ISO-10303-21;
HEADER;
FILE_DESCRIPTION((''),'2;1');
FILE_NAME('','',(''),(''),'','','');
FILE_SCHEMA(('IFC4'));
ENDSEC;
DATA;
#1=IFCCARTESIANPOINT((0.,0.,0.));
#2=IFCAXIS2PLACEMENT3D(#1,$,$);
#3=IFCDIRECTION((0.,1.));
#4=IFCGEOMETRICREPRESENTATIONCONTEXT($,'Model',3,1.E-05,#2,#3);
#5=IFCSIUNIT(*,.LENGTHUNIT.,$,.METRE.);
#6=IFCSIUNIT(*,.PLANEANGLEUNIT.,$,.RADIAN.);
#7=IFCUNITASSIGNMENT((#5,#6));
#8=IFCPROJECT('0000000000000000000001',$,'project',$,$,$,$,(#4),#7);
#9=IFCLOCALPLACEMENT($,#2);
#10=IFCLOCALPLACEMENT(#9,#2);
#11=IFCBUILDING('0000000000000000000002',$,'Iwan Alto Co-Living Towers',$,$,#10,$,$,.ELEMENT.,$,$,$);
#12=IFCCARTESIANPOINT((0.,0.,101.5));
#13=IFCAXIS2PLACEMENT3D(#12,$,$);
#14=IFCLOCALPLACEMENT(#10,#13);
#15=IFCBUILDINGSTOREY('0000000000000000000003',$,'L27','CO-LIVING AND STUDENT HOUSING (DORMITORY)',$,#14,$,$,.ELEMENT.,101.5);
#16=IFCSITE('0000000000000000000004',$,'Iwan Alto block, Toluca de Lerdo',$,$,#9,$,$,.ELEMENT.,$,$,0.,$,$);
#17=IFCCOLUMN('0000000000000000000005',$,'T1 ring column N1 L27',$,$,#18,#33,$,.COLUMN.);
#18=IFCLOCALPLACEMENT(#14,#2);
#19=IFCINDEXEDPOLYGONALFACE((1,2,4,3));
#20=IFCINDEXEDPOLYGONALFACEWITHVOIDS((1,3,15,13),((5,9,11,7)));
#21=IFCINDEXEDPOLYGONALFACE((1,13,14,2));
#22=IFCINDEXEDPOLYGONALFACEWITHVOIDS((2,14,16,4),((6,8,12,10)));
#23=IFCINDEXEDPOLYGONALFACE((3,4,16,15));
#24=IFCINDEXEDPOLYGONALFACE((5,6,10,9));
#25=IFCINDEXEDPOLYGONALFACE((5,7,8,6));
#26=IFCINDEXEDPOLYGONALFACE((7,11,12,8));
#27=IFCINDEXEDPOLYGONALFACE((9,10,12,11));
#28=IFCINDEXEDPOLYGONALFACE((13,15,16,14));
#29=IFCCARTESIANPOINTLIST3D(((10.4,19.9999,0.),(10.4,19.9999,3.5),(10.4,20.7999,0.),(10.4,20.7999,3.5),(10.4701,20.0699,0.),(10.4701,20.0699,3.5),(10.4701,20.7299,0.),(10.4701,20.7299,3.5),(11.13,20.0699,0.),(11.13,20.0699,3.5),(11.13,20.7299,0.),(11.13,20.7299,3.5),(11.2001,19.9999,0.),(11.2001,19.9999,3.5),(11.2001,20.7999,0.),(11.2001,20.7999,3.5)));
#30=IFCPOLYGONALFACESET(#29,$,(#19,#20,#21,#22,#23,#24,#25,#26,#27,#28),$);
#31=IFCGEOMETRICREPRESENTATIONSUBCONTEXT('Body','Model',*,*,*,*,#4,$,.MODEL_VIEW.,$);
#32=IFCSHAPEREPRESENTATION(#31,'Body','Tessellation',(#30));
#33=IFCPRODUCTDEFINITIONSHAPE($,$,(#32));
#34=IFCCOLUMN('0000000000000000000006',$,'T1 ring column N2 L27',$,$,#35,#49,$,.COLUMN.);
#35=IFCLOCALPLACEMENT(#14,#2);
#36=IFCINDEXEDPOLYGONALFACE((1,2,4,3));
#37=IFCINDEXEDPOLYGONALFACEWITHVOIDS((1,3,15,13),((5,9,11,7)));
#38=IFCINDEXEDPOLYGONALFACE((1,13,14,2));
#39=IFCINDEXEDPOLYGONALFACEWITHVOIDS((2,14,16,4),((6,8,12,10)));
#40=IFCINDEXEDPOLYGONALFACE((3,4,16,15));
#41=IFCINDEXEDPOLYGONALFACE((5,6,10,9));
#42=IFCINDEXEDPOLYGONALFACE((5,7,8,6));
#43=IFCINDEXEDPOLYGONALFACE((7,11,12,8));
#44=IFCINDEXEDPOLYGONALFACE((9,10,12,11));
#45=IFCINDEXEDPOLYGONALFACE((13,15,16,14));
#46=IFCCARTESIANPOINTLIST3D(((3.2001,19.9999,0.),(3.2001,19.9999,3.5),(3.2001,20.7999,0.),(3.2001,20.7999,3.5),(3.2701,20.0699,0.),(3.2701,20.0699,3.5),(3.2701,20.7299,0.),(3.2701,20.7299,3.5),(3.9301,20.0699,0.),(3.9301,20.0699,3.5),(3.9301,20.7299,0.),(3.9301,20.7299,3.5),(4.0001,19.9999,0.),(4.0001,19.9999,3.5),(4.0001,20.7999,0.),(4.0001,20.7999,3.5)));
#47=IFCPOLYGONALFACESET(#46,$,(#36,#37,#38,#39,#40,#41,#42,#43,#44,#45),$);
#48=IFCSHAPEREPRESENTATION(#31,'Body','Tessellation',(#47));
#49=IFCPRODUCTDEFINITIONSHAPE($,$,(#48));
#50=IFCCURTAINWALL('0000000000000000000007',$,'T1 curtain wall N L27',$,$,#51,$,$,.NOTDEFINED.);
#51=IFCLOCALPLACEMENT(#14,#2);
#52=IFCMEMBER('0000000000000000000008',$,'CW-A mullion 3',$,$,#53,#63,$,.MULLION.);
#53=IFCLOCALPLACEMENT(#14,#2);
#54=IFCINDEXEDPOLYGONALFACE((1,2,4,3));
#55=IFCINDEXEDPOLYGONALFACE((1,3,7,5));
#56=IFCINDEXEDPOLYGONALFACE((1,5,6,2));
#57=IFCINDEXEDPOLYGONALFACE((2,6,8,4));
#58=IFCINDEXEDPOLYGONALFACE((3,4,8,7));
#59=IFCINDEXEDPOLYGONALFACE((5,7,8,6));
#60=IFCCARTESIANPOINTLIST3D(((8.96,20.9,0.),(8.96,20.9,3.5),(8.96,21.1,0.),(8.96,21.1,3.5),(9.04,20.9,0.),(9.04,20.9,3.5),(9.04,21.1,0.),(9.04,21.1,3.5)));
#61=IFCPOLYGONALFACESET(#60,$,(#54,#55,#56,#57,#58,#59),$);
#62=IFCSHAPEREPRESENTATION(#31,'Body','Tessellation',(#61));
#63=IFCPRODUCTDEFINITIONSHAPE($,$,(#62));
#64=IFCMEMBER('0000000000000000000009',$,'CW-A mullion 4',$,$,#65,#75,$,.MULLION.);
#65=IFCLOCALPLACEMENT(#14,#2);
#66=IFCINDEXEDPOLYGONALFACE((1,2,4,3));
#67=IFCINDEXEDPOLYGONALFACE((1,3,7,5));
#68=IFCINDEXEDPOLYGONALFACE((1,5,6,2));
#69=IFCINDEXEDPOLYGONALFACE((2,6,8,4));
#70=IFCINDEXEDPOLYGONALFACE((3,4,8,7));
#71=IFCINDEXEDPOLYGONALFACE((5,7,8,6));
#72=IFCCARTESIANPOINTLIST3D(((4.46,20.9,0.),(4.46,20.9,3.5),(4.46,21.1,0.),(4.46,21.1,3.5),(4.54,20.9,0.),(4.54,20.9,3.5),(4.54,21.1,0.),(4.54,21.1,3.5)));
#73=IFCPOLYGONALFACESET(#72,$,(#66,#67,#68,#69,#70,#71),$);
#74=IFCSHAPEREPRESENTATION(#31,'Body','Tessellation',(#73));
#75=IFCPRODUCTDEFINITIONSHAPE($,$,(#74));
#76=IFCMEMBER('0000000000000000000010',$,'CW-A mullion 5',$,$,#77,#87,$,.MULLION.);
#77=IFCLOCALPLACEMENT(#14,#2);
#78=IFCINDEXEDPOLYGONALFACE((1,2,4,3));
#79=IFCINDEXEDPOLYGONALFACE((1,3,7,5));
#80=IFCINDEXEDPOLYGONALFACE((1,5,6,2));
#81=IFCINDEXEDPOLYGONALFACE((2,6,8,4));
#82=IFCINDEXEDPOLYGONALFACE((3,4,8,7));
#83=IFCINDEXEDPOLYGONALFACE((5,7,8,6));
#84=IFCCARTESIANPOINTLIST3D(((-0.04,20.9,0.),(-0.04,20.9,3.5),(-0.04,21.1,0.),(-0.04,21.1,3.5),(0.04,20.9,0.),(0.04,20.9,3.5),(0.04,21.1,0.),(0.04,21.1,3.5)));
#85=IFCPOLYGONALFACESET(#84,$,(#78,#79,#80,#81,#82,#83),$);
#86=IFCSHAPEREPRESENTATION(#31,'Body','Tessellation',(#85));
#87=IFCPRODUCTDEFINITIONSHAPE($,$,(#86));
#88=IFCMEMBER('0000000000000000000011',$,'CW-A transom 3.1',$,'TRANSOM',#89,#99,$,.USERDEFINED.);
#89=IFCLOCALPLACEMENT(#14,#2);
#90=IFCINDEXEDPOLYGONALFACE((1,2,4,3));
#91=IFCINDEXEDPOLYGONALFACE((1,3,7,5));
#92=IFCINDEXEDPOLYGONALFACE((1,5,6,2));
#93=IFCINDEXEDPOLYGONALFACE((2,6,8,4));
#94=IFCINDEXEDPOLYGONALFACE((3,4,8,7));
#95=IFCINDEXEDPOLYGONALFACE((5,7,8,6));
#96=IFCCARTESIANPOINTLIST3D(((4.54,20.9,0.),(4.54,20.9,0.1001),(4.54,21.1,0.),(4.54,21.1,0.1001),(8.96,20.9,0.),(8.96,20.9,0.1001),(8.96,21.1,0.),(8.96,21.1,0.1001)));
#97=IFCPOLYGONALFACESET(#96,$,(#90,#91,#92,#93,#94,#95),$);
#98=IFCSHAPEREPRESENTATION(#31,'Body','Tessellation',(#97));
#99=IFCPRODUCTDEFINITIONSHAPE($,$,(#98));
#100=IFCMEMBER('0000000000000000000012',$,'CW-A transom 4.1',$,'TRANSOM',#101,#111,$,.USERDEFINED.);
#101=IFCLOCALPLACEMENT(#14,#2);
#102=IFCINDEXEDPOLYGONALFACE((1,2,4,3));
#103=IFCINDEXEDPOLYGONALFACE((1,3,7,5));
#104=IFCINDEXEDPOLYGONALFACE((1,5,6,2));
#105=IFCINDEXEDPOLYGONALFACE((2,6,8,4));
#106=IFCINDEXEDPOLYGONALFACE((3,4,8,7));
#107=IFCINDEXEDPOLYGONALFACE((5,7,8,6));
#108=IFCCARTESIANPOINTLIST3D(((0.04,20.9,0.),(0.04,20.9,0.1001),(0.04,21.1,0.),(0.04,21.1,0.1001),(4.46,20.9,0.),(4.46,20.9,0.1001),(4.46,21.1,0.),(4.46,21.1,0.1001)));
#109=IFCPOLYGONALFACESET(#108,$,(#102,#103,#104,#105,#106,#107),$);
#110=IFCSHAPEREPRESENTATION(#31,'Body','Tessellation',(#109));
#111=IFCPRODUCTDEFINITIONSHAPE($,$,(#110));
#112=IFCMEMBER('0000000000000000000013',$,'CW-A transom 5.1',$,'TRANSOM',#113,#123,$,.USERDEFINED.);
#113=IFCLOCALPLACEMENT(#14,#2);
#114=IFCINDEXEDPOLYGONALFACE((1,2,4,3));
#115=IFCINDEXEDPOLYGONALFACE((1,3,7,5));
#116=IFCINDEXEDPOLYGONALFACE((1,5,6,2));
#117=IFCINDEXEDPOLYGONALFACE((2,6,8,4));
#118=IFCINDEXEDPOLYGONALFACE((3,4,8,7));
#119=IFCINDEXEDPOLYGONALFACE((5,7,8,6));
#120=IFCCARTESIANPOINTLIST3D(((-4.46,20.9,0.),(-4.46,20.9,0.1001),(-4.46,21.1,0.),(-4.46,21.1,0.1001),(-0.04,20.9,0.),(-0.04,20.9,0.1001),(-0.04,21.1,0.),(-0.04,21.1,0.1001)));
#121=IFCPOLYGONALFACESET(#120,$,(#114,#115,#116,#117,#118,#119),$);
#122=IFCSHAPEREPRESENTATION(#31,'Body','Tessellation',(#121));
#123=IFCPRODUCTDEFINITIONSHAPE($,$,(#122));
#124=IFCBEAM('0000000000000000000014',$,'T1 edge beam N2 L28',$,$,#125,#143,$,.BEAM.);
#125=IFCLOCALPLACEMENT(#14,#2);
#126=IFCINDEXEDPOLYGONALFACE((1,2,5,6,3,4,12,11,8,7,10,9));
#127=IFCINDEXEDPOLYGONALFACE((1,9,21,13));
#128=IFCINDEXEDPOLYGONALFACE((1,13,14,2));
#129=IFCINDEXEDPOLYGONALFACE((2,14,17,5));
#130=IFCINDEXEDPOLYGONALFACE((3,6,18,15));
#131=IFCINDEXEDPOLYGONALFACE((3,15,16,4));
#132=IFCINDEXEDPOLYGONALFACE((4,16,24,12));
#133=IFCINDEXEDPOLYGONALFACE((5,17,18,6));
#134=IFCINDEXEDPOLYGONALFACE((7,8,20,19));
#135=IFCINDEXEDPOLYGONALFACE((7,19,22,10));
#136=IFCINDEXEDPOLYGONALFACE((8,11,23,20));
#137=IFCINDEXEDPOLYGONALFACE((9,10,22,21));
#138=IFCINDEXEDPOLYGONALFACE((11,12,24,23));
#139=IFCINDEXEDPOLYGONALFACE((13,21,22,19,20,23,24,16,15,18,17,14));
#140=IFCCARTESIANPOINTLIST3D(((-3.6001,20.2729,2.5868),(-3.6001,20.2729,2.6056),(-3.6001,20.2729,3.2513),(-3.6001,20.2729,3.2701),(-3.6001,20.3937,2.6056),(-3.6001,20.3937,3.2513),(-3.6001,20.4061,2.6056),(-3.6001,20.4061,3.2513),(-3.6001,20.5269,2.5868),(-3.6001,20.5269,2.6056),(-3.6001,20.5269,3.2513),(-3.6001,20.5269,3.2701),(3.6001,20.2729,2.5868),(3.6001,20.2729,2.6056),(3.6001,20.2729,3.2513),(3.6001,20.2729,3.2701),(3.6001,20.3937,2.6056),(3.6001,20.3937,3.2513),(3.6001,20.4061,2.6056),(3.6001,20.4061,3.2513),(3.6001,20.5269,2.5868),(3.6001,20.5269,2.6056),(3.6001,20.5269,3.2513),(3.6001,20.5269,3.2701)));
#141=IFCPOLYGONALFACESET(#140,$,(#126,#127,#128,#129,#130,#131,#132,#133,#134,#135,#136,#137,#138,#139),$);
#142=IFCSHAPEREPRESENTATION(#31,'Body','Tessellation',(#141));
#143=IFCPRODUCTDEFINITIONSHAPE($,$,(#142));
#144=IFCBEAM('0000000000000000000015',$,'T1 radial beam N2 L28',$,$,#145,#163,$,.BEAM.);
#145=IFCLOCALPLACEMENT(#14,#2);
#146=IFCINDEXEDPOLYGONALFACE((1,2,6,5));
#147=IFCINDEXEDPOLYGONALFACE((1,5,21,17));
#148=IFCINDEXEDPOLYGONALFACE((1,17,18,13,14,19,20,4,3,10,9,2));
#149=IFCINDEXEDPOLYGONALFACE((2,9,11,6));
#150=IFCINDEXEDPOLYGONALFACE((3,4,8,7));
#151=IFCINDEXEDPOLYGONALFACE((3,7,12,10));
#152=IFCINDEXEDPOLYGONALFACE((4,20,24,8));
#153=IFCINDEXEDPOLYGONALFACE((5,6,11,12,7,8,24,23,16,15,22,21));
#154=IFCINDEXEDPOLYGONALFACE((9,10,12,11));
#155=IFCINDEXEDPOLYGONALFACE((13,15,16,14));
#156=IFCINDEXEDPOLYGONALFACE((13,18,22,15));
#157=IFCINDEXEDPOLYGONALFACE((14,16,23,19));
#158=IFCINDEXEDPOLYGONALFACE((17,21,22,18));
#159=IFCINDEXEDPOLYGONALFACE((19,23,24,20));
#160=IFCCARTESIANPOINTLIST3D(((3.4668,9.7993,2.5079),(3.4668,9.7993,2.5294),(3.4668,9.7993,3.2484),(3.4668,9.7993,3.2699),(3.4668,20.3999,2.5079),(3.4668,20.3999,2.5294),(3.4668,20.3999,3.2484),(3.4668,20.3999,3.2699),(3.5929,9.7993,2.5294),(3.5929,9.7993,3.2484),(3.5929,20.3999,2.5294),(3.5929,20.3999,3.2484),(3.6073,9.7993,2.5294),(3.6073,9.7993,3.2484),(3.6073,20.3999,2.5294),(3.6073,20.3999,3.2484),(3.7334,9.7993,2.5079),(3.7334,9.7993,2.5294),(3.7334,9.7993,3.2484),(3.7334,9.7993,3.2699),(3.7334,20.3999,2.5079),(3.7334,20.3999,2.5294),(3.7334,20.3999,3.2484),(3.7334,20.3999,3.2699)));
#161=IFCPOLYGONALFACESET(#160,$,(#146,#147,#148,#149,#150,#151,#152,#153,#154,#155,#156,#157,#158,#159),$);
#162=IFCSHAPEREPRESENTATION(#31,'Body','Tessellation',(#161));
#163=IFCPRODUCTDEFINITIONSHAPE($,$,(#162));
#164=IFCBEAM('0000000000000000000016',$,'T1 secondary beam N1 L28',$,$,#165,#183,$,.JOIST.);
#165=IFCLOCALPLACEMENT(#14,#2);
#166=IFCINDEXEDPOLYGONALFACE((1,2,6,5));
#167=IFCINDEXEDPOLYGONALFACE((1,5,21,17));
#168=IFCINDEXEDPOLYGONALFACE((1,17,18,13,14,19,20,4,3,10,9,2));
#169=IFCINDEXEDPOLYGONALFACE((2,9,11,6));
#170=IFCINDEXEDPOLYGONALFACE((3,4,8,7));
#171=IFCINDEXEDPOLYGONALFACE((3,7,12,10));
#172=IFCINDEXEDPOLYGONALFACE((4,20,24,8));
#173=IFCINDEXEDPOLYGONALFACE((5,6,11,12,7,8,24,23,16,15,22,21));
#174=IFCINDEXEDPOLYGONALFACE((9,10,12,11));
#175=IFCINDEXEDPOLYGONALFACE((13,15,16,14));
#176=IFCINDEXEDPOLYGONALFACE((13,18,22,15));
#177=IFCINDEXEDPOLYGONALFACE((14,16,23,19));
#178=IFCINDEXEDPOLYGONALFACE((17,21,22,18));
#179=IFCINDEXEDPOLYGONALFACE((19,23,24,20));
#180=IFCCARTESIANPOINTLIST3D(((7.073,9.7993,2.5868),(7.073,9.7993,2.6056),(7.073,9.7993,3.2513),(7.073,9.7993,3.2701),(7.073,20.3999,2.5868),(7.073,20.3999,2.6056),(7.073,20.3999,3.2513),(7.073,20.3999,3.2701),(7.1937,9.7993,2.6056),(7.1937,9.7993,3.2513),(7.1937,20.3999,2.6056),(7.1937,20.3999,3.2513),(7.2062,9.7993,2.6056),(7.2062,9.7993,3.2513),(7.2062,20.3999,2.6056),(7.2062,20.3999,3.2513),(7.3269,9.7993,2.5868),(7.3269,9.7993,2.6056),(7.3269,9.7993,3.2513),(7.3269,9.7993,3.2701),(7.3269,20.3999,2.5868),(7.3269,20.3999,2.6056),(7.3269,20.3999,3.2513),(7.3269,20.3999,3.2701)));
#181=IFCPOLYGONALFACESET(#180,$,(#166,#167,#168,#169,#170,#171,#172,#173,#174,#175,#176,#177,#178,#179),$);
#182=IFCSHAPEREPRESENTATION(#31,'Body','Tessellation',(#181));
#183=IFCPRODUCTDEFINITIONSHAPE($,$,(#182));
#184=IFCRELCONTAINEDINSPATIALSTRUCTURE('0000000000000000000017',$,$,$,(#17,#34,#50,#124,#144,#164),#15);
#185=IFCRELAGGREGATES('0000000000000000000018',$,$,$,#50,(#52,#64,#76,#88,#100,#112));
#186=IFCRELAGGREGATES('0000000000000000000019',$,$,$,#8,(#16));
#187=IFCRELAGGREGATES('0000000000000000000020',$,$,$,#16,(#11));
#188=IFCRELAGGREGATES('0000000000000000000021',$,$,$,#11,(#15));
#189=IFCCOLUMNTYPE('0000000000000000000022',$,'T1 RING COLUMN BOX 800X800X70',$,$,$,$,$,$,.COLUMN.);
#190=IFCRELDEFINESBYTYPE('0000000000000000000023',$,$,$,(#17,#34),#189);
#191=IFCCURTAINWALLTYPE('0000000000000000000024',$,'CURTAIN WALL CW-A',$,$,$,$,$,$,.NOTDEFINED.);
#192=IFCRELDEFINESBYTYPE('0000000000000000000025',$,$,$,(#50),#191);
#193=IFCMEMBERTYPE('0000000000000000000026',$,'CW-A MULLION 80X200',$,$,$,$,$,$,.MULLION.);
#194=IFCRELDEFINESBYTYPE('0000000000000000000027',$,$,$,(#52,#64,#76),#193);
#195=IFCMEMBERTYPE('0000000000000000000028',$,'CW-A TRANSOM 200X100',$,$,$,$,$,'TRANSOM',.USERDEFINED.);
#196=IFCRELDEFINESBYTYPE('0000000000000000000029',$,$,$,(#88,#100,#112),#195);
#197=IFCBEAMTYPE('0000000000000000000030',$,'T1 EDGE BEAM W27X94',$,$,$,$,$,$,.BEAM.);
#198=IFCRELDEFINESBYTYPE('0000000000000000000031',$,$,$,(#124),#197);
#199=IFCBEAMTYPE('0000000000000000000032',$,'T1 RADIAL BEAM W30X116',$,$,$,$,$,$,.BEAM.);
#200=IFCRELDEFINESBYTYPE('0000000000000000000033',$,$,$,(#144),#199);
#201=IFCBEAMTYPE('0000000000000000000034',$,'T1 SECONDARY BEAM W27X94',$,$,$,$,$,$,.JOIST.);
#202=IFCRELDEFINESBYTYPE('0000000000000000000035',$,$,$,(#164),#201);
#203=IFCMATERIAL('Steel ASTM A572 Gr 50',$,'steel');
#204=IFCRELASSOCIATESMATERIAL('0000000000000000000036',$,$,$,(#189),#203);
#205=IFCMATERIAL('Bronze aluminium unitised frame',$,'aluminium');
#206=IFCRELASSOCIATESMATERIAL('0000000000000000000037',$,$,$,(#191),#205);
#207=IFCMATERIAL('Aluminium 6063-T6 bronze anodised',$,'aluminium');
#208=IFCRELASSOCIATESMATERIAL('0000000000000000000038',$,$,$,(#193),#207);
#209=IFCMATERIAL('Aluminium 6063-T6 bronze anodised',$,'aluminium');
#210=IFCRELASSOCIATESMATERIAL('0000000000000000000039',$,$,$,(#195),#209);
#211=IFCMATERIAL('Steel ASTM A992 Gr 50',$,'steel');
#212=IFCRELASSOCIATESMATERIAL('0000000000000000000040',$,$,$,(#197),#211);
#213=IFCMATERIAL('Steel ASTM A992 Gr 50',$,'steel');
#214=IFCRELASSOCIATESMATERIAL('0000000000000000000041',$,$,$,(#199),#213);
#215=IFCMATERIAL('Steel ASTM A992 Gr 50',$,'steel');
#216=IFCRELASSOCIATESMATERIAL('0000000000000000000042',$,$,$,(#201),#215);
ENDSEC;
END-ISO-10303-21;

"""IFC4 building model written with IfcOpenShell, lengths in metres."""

from ifc_helpers import new_model, si_unit, direction, frame, origin, origin_2d, place, context, subcontext, project, spatial, rectangle, hollow_rectangle, i_section, extrude, material, material_profile, profile_set, type_object, element, aggregate, save


model = new_model("IFC4")

# Units and contexts
model_context = context("Model", 3, precision=1e-05, world=origin(), true_north=direction((0.0, 1.0)))
body_context = subcontext(model_context, "Body", "Model", "MODEL_VIEW")
ifc_project = project(units=[si_unit("LENGTHUNIT", "METRE"), si_unit("PLANEANGLEUNIT", "RADIAN")], contexts=[model_context])

# Site, building, storey
site_placement = place(None, origin())
site = spatial("IfcSite", under=ifc_project, at=site_placement, Name="Iwan Alto block, Toluca de Lerdo", CompositionType="ELEMENT", RefElevation=0.0)
building_placement = place(site_placement, origin())
building = spatial("IfcBuilding", under=site, at=building_placement, Name="Iwan Alto Co-Living Towers", CompositionType="ELEMENT")
storey_placement = place(building_placement, frame((0.0, 0.0, 101.5)))
storey = spatial("IfcBuildingStorey", under=building, at=storey_placement, Name="L27", Description="CO-LIVING AND STUDENT HOUSING (DORMITORY)", CompositionType="ELEMENT", Elevation=101.5)

# Columns
ifc_material_1 = material(Name="Steel ASTM A572 Gr 50", Category="steel")
ifc_material_profile_1 = material_profile(ifc_material_1, hollow_rectangle(XDim=0.8, YDim=0.8, WallThickness=0.0701, at=origin_2d()), Name="BOX 800X800X70")
ifc_profile_set_1 = profile_set([ifc_material_profile_1], Name="Steel ASTM A572 Gr 50")
column_type = type_object("IfcColumnType", Name="T1 RING COLUMN BOX 800X800X70", PredefinedType="COLUMN", material=ifc_profile_set_1)
for number, where, z_axis, x_axis, name in (
    (1, (10.8, 20.3999, 0.0), (0.0, 0.0, 1.0), (1.0, 0.0, 0.0), "T1 ring column N1 L27"),
    (2, (3.6001, 20.3999, 0.0), (0.0, 0.0, 1.0), (1.0, 0.0, 0.0), "T1 ring column N2 L27"),
):
    element("IfcColumn", number, at=place(storey_placement, frame(where, z_axis=z_axis, x_axis=x_axis)), inside=storey, type_object=column_type, Name=name, PredefinedType="COLUMN", context=body_context, shape_type="SweptSolid", body=[
        extrude(hollow_rectangle(XDim=0.8, YDim=0.8, WallThickness=0.0701, at=origin_2d()), origin(), (0.0, 0.0, 1.0), 3.5),
    ])

# Curtain wall, members
ifc_material_2 = material(Name="Bronze aluminium unitised frame", Category="aluminium")
curtain_wall_type = type_object("IfcCurtainWallType", Name="CURTAIN WALL CW-A", PredefinedType="NOTDEFINED", material=ifc_material_2)
curtain_wall_placement = place(storey_placement, origin())
curtain_wall = element("IfcCurtainWall", 3, at=curtain_wall_placement, inside=storey, type_object=curtain_wall_type, Name="T1 curtain wall N L27", PredefinedType="NOTDEFINED")
ifc_material_3 = material(Name="Aluminium 6063-T6 bronze anodised", Category="aluminium")
ifc_material_profile_2 = material_profile(ifc_material_3, rectangle(XDim=0.2, YDim=0.0801, at=origin_2d()), Name="AL 80X200")
ifc_profile_set_2 = profile_set([ifc_material_profile_2], Name="Aluminium 6063-T6 bronze anodised")
member_type_1 = type_object("IfcMemberType", Name="CW-A MULLION 80X200", PredefinedType="MULLION", material=ifc_profile_set_2)
member_1_placement = place(storey_placement, frame((9.0, 21.0, 0.0), z_axis=(0.0, 0.0, 1.0), x_axis=(0.0, -1.0, 0.0)))
member_1 = element("IfcMember", 4, at=member_1_placement, type_object=member_type_1, Name="CW-A mullion 3", PredefinedType="MULLION", context=body_context, shape_type="SweptSolid", body=[
    extrude(rectangle(XDim=0.2, YDim=0.0801, at=origin_2d()), origin(), (0.0, 0.0, 1.0), 3.5),
])
member_2_placement = place(storey_placement, frame((4.5, 21.0, 0.0), z_axis=(0.0, 0.0, 1.0), x_axis=(0.0, -1.0, 0.0)))
member_2 = element("IfcMember", 5, at=member_2_placement, type_object=member_type_1, Name="CW-A mullion 4", PredefinedType="MULLION", context=body_context, shape_type="SweptSolid", body=[
    extrude(rectangle(XDim=0.2, YDim=0.0801, at=origin_2d()), origin(), (0.0, 0.0, 1.0), 3.5),
])
member_3_placement = place(storey_placement, frame((0.0, 21.0, 0.0), z_axis=(0.0, 0.0, 1.0), x_axis=(0.0, -1.0, 0.0)))
member_3 = element("IfcMember", 6, at=member_3_placement, type_object=member_type_1, Name="CW-A mullion 5", PredefinedType="MULLION", context=body_context, shape_type="SweptSolid", body=[
    extrude(rectangle(XDim=0.2, YDim=0.0801, at=origin_2d()), origin(), (0.0, 0.0, 1.0), 3.5),
])
ifc_material_4 = material(Name="Aluminium 6063-T6 bronze anodised", Category="aluminium")
ifc_material_profile_3 = material_profile(ifc_material_4, rectangle(XDim=0.2, YDim=0.1001, at=origin_2d()), Name="AL 200X100")
ifc_profile_set_3 = profile_set([ifc_material_profile_3], Name="Aluminium 6063-T6 bronze anodised")
member_type_2 = type_object("IfcMemberType", Name="CW-A TRANSOM 200X100", ElementType="TRANSOM", PredefinedType="USERDEFINED", material=ifc_profile_set_3)
member_4_placement = place(storey_placement, frame((8.96, 21.0, 0.05), z_axis=(-1.0, 0.0, 0.0), x_axis=(0.0, -1.0, 0.0)))
member_4 = element("IfcMember", 7, at=member_4_placement, type_object=member_type_2, Name="CW-A transom 3.1", ObjectType="TRANSOM", PredefinedType="USERDEFINED", context=body_context, shape_type="SweptSolid", body=[
    extrude(rectangle(XDim=0.2, YDim=0.1001, at=origin_2d()), origin(), (0.0, 0.0, 1.0), 4.4199),
])
member_5_placement = place(storey_placement, frame((4.46, 21.0, 0.05), z_axis=(-1.0, 0.0, 0.0), x_axis=(0.0, -1.0, 0.0)))
member_5 = element("IfcMember", 8, at=member_5_placement, type_object=member_type_2, Name="CW-A transom 4.1", ObjectType="TRANSOM", PredefinedType="USERDEFINED", context=body_context, shape_type="SweptSolid", body=[
    extrude(rectangle(XDim=0.2, YDim=0.1001, at=origin_2d()), origin(), (0.0, 0.0, 1.0), 4.4199),
])
member_6_placement = place(storey_placement, frame((-0.04, 21.0, 0.05), z_axis=(-1.0, 0.0, 0.0), x_axis=(0.0, -1.0, 0.0)))
member_6 = element("IfcMember", 9, at=member_6_placement, type_object=member_type_2, Name="CW-A transom 5.1", ObjectType="TRANSOM", PredefinedType="USERDEFINED", context=body_context, shape_type="SweptSolid", body=[
    extrude(rectangle(XDim=0.2, YDim=0.1001, at=origin_2d()), origin(), (0.0, 0.0, 1.0), 4.4199),
])

# Beams
ifc_material_5 = material(Name="Steel ASTM A992 Gr 50", Category="steel")
ifc_material_profile_4 = material_profile(ifc_material_5, i_section(OverallWidth=0.2539, OverallDepth=0.6833, WebThickness=0.0125, FlangeThickness=0.0188, at=origin_2d()), Name="W27X94")
ifc_profile_set_4 = profile_set([ifc_material_profile_4], Name="Steel ASTM A992 Gr 50")
beam_type_1 = type_object("IfcBeamType", Name="T1 EDGE BEAM W27X94", PredefinedType="BEAM", material=ifc_profile_set_4)
beam_1_placement = place(storey_placement, frame((3.6001, 20.3999, 2.9285), z_axis=(-1.0, 0.0, 0.0), x_axis=(0.0, -1.0, 0.0)))
element("IfcBeam", 10, at=beam_1_placement, inside=storey, type_object=beam_type_1, Name="T1 edge beam N2 L28", PredefinedType="BEAM", context=body_context, shape_type="SweptSolid", body=[
    extrude(i_section(OverallWidth=0.2539, OverallDepth=0.6833, WebThickness=0.0125, FlangeThickness=0.0188, at=origin_2d()), origin(), (0.0, 0.0, 1.0), 7.2002),
])
ifc_material_6 = material(Name="Steel ASTM A992 Gr 50", Category="steel")
ifc_material_profile_5 = material_profile(ifc_material_6, i_section(OverallWidth=0.2666, OverallDepth=0.762, WebThickness=0.0144, FlangeThickness=0.0215, at=origin_2d()), Name="W30X116")
ifc_profile_set_5 = profile_set([ifc_material_profile_5], Name="Steel ASTM A992 Gr 50")
beam_type_2 = type_object("IfcBeamType", Name="T1 RADIAL BEAM W30X116", PredefinedType="BEAM", material=ifc_profile_set_5)
beam_2_placement = place(storey_placement, frame((3.6001, 20.3999, 2.8889), z_axis=(0.0, -1.0, 0.0), x_axis=(1.0, 0.0, 0.0)))
element("IfcBeam", 11, at=beam_2_placement, inside=storey, type_object=beam_type_2, Name="T1 radial beam N2 L28", PredefinedType="BEAM", context=body_context, shape_type="SweptSolid", body=[
    extrude(i_section(OverallWidth=0.2666, OverallDepth=0.762, WebThickness=0.0144, FlangeThickness=0.0215, at=origin_2d()), origin(), (0.0, 0.0, 1.0), 10.6006),
])
ifc_material_7 = material(Name="Steel ASTM A992 Gr 50", Category="steel")
ifc_material_profile_6 = material_profile(ifc_material_7, i_section(OverallWidth=0.2539, OverallDepth=0.6833, WebThickness=0.0125, FlangeThickness=0.0188, at=origin_2d()), Name="W27X94")
ifc_profile_set_6 = profile_set([ifc_material_profile_6], Name="Steel ASTM A992 Gr 50")
beam_type_3 = type_object("IfcBeamType", Name="T1 SECONDARY BEAM W27X94", PredefinedType="JOIST", material=ifc_profile_set_6)
for number, where, z_axis, x_axis, name in (
    (12, (7.2, 20.3999, 2.9285), (0.0, -1.0, 0.0), (1.0, 0.0, 0.0), "T1 secondary beam N1 L28"),
):
    element("IfcBeam", number, at=place(storey_placement, frame(where, z_axis=z_axis, x_axis=x_axis)), inside=storey, type_object=beam_type_3, Name=name, PredefinedType="JOIST", context=body_context, shape_type="SweptSolid", body=[
        extrude(i_section(OverallWidth=0.2539, OverallDepth=0.6833, WebThickness=0.0125, FlangeThickness=0.0188, at=origin_2d()), origin(), (0.0, 0.0, 1.0), 10.6006),
    ])

aggregate(curtain_wall, [member_1, member_2, member_3, member_4, member_5, member_6])

save(model, "model.ifc")
